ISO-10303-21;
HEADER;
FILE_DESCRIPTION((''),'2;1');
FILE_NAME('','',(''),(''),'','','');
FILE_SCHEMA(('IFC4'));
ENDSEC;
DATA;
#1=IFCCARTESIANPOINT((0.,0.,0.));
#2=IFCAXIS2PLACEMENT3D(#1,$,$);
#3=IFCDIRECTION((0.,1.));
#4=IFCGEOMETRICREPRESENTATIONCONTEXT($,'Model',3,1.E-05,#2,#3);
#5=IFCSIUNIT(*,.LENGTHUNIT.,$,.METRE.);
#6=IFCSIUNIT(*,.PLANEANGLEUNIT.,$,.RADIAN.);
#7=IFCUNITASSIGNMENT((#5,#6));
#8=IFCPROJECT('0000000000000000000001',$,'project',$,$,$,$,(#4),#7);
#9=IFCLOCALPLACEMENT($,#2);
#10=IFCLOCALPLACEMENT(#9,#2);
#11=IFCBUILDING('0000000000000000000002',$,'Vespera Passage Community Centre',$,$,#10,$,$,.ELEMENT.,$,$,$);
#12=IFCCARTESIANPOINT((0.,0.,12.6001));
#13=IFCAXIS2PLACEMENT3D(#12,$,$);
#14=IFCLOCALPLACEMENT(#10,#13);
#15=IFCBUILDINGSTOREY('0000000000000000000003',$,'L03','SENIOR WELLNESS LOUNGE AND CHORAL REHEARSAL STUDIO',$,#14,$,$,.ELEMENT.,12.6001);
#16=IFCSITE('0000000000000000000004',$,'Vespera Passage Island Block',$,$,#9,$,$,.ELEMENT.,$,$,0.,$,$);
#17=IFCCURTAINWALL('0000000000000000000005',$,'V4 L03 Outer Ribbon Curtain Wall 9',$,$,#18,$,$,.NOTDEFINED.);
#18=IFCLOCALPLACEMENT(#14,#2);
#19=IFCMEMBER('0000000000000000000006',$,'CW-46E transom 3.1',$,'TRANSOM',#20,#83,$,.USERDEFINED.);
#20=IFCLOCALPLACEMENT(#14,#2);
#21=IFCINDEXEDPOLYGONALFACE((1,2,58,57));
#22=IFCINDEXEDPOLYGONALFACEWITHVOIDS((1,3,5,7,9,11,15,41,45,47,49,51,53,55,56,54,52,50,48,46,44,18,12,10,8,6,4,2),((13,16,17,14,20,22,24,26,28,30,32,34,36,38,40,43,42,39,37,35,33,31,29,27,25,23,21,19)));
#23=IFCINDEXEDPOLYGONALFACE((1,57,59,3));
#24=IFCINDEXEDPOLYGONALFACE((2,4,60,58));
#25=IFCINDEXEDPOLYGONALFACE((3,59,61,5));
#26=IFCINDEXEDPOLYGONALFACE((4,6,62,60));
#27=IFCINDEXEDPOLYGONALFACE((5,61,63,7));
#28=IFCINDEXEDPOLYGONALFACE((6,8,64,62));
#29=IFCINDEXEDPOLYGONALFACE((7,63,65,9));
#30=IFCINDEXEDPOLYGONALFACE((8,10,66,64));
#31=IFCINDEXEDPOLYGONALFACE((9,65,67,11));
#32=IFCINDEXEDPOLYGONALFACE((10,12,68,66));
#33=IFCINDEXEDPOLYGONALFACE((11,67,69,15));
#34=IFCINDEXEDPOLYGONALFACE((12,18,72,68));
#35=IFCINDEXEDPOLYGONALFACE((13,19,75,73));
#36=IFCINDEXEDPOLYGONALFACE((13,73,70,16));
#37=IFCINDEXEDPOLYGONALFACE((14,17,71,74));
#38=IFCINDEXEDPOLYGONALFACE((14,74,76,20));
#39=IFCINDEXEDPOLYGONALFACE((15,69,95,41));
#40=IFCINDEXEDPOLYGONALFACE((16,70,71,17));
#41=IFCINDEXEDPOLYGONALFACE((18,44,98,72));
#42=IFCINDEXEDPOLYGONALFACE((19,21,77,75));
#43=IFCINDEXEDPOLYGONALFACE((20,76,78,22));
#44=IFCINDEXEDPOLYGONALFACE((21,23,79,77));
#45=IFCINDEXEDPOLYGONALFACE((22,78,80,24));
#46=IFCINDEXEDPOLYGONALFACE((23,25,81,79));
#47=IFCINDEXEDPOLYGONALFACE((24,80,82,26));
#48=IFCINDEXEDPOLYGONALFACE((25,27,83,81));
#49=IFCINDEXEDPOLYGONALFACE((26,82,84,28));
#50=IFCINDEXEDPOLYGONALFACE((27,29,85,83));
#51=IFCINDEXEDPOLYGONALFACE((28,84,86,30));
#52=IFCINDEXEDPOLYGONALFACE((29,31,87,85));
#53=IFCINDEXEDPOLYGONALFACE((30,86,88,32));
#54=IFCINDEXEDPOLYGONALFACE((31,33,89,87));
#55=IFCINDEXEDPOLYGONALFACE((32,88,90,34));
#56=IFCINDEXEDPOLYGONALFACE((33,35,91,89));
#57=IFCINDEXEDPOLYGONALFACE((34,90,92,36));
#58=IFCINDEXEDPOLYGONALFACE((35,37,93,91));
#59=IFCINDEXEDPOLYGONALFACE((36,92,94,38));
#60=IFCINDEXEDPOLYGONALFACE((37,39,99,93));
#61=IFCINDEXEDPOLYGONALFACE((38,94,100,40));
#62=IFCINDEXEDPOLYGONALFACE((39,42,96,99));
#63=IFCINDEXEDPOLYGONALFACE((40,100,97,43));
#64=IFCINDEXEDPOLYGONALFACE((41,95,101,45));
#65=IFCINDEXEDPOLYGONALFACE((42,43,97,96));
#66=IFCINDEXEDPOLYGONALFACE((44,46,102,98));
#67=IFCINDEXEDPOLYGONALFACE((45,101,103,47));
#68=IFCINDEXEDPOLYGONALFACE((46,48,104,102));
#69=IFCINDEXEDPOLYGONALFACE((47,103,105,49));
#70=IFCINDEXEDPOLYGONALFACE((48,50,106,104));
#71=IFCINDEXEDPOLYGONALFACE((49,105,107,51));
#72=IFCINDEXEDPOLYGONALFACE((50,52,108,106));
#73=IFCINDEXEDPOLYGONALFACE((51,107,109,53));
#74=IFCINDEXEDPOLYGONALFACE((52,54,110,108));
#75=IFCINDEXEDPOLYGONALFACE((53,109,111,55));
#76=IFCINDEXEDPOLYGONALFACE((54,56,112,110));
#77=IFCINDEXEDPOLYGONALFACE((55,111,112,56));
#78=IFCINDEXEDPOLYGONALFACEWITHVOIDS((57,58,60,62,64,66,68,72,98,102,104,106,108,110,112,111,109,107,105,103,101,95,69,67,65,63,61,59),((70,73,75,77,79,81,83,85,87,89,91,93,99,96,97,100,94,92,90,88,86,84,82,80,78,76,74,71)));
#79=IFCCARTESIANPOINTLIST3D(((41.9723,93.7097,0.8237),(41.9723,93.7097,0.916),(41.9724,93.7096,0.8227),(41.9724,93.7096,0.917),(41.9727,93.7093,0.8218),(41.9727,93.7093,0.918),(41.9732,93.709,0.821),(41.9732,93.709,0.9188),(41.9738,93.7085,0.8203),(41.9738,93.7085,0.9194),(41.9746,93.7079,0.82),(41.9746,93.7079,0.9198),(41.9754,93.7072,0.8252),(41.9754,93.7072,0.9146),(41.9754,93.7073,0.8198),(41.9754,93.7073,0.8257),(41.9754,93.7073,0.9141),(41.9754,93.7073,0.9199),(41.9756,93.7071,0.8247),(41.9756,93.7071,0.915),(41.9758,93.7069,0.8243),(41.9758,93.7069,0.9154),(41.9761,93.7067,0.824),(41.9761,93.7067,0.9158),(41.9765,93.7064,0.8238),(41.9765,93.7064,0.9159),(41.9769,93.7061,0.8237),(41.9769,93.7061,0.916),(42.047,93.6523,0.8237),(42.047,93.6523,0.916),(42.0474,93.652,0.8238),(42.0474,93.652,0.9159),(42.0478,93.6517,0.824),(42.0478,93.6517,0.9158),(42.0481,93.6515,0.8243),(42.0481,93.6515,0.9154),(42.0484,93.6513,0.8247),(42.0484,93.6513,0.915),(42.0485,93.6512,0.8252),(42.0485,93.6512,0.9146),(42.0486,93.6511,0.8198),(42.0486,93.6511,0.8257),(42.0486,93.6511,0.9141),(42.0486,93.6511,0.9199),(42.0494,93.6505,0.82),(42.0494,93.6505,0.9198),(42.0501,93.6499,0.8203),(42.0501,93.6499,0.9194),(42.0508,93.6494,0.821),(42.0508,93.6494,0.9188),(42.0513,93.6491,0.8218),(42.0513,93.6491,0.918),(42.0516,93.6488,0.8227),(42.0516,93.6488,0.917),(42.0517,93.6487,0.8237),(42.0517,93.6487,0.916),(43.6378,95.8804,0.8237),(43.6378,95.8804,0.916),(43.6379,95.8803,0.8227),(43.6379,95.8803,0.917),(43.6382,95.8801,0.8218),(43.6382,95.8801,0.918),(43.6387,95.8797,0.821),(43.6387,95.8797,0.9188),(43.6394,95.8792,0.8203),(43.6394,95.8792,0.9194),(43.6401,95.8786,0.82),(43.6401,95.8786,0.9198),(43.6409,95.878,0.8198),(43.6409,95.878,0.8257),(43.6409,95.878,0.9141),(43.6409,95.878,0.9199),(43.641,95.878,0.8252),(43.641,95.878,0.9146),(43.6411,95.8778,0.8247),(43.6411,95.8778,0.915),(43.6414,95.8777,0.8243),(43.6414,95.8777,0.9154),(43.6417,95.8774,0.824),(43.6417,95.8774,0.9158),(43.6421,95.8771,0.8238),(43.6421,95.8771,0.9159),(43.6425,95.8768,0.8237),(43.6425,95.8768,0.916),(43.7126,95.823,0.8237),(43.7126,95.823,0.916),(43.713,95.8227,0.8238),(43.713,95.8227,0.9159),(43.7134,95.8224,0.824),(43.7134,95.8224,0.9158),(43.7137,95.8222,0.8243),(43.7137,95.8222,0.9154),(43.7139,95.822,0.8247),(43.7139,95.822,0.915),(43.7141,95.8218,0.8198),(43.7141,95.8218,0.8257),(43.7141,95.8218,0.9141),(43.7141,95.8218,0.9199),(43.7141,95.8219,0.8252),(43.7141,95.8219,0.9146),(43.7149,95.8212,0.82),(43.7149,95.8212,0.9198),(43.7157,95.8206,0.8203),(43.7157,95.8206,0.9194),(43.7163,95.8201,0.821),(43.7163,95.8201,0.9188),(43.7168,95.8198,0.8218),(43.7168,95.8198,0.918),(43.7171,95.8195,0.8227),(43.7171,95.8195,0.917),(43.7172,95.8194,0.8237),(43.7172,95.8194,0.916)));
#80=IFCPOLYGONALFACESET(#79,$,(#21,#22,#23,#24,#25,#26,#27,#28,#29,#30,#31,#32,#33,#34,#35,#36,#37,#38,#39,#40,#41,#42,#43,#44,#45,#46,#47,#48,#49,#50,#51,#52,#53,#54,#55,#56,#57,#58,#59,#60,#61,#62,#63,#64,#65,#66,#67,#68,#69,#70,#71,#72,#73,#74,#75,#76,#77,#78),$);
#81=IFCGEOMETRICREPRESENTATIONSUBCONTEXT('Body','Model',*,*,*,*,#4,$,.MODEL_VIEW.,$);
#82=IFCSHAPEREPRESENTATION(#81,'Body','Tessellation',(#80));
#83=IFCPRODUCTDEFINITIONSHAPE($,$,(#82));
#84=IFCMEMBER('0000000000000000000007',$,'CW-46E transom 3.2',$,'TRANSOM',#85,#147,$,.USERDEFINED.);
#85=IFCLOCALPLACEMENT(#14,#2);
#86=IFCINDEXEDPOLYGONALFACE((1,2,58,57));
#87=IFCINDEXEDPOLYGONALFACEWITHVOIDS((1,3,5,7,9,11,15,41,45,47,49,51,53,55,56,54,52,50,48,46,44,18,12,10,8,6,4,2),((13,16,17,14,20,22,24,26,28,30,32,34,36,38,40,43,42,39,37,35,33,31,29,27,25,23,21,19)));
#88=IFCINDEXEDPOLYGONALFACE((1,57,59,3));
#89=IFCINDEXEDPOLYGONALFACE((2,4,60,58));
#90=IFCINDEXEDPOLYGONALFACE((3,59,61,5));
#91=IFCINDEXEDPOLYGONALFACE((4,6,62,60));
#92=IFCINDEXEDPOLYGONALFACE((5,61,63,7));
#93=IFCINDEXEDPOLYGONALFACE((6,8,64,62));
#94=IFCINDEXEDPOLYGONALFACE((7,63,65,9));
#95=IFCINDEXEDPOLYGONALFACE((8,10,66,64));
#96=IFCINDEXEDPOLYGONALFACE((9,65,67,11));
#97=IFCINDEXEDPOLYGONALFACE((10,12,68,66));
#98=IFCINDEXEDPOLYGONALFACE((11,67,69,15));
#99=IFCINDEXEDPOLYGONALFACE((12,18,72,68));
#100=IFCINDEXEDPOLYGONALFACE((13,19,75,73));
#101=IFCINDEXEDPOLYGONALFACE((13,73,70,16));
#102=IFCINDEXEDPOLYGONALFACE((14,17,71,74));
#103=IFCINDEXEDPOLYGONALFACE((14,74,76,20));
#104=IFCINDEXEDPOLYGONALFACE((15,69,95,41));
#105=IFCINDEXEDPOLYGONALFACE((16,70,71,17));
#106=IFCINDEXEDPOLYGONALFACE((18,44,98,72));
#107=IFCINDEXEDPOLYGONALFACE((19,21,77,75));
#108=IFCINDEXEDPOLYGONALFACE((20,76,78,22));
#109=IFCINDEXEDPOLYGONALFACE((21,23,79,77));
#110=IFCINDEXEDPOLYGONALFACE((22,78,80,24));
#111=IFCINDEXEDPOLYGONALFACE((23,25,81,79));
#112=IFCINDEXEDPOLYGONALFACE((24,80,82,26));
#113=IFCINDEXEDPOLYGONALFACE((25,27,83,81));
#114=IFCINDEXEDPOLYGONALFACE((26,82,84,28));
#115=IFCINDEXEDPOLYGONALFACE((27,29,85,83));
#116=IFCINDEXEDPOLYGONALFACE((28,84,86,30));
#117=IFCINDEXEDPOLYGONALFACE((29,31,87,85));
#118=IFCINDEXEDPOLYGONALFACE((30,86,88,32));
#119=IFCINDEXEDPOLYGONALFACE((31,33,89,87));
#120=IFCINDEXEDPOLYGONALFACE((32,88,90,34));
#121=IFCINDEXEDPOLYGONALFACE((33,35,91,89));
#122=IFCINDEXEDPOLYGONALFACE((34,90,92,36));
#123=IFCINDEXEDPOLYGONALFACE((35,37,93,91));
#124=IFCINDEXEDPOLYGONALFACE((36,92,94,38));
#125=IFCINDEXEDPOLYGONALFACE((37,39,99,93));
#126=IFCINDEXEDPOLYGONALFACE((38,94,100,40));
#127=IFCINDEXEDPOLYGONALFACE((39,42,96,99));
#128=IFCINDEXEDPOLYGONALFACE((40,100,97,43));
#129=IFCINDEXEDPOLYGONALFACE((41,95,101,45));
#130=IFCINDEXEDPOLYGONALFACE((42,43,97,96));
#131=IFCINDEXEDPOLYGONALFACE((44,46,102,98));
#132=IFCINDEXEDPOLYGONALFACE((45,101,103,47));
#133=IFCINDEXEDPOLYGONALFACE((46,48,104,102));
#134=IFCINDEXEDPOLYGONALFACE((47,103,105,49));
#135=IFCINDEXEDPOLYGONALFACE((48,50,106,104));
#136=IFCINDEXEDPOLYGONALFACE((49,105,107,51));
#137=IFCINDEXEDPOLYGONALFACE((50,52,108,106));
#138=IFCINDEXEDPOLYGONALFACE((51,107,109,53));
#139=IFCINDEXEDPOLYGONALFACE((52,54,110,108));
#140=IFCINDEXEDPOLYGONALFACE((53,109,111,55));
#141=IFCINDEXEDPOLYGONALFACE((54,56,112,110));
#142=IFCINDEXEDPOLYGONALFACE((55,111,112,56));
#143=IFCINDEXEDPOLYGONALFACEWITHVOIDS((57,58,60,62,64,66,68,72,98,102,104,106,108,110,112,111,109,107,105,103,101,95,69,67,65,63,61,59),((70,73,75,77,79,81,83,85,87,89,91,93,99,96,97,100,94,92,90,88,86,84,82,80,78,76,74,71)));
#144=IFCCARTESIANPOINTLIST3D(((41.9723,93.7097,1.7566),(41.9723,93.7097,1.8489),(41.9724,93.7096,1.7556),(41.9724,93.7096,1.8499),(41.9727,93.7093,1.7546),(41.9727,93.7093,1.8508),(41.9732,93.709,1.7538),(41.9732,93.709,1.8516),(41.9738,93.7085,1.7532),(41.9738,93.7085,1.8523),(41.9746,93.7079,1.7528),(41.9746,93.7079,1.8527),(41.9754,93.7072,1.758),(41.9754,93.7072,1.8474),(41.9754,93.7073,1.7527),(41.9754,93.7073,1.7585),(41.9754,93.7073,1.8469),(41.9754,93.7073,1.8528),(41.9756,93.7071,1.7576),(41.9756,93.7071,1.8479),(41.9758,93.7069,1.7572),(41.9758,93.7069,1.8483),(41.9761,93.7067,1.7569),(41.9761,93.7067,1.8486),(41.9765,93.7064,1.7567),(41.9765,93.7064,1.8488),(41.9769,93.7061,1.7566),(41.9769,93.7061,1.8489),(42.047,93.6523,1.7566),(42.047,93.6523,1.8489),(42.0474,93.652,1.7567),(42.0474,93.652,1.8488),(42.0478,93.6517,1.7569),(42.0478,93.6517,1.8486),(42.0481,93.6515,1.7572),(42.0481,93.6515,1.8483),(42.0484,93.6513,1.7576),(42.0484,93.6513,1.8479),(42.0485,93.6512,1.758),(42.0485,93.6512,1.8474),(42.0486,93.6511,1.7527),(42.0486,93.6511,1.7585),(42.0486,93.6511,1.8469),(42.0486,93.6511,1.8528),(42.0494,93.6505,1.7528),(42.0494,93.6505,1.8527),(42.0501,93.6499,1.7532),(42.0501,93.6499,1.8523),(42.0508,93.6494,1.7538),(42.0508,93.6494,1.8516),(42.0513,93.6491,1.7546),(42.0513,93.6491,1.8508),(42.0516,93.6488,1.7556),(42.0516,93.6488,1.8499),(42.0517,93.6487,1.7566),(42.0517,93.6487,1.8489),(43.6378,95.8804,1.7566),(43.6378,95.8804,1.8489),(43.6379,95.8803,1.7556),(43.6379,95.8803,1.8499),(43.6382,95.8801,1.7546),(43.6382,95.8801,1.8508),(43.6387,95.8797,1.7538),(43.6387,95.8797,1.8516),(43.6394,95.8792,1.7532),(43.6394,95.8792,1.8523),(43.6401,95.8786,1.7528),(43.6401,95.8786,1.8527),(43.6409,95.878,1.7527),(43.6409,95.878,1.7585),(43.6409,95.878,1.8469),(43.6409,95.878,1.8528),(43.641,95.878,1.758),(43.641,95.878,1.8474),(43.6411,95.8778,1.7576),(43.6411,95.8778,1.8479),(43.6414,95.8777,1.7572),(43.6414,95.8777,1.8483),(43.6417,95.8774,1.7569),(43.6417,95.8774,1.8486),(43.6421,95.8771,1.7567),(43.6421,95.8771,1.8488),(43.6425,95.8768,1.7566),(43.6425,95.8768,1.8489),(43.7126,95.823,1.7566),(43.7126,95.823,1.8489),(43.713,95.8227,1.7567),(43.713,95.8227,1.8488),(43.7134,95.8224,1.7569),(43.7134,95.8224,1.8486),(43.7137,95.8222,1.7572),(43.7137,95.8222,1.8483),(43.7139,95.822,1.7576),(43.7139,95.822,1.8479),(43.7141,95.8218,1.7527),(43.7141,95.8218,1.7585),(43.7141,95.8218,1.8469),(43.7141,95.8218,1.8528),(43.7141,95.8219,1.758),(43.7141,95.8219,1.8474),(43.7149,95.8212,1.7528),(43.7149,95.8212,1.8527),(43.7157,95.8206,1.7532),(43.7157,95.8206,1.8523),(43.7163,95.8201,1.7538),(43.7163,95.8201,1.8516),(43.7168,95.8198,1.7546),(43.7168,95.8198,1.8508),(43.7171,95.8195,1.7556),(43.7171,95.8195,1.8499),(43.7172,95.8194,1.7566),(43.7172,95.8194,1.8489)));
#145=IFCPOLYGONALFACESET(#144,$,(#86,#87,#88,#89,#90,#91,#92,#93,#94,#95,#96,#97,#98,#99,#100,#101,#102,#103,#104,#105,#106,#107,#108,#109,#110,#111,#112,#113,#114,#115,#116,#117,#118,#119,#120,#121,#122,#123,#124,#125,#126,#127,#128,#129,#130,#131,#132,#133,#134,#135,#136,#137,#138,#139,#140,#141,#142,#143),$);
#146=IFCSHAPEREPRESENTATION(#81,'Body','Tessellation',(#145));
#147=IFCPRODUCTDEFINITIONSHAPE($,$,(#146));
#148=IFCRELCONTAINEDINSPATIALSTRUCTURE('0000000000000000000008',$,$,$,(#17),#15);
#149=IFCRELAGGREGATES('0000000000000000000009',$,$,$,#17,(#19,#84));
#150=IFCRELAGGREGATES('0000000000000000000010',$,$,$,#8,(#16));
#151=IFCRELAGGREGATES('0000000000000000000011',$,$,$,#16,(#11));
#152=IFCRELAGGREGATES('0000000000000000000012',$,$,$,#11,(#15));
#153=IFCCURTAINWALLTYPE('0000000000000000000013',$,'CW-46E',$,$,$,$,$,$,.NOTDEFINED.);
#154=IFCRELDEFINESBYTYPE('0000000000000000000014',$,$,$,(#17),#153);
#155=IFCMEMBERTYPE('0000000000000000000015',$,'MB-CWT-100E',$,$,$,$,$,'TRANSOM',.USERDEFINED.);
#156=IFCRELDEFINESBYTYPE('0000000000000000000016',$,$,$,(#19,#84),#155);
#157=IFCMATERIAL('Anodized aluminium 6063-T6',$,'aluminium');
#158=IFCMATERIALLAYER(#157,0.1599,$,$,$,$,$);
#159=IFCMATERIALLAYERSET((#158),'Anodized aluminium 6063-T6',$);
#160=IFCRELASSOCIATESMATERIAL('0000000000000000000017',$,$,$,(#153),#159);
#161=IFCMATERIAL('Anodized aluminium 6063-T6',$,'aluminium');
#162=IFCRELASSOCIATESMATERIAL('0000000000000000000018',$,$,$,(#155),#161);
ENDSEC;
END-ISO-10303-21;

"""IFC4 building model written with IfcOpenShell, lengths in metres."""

from ifc_helpers import new_model, si_unit, direction, frame, origin, origin_2d, place, context, subcontext, project, spatial, hollow_rectangle, extrude, material, layer, layer_set, material_profile, profile_set, type_object, element, aggregate, save


model = new_model("IFC4")

# Units and contexts
model_context = context("Model", 3, precision=1e-05, world=origin(), true_north=direction((0.0, 1.0)))
body_context = subcontext(model_context, "Body", "Model", "MODEL_VIEW")
ifc_project = project(units=[si_unit("LENGTHUNIT", "METRE"), si_unit("PLANEANGLEUNIT", "RADIAN")], contexts=[model_context])

# Site, building, storey
site_placement = place(None, origin())
site = spatial("IfcSite", under=ifc_project, at=site_placement, Name="Vespera Passage Island Block", CompositionType="ELEMENT", RefElevation=0.0)
building_placement = place(site_placement, origin())
building = spatial("IfcBuilding", under=site, at=building_placement, Name="Vespera Passage Community Centre", CompositionType="ELEMENT")
storey_placement = place(building_placement, frame((0.0, 0.0, 12.6001)))
storey = spatial("IfcBuildingStorey", under=building, at=storey_placement, Name="L03", Description="SENIOR WELLNESS LOUNGE AND CHORAL REHEARSAL STUDIO", CompositionType="ELEMENT", Elevation=12.6001)

# Curtain wall, members
ifc_material_1 = material(Name="Anodized aluminium 6063-T6", Category="aluminium")
ifc_layer_1 = layer(ifc_material_1, 0.1599)
ifc_layer_set_1 = layer_set([ifc_layer_1], Name="Anodized aluminium 6063-T6")
curtain_wall_type = type_object("IfcCurtainWallType", Name="CW-46E", PredefinedType="NOTDEFINED", material=ifc_layer_set_1)
curtain_wall_placement = place(storey_placement, origin())
curtain_wall = element("IfcCurtainWall", 1, at=curtain_wall_placement, inside=storey, type_object=curtain_wall_type, Name="V4 L03 Outer Ribbon Curtain Wall 9", PredefinedType="NOTDEFINED")
ifc_material_2 = material(Name="Anodized aluminium 6063-T6", Category="aluminium")
ifc_material_profile_1 = material_profile(ifc_material_2, hollow_rectangle(XDim=0.1001, YDim=0.1001, WallThickness=0.0039, InnerFilletRadius=0.002, OuterFilletRadius=0.0039, at=origin_2d()), Name="ALU100X100X4")
ifc_profile_set_1 = profile_set([ifc_material_profile_1], Name="Anodized aluminium 6063-T6")
member_type_1 = type_object("IfcMemberType", Name="MB-CWT-100E", ElementType="TRANSOM", PredefinedType="USERDEFINED", material=ifc_profile_set_1)
member_1_placement = place(storey_placement, frame((42.012, 93.6792, 0.8699), z_axis=(0.608744, 0.793366, 0.0), x_axis=(-0.793366, 0.608744, 0.0)))
member_1 = element("IfcMember", 2, at=member_1_placement, type_object=member_type_1, Name="CW-46E transom 3.1", ObjectType="TRANSOM", PredefinedType="USERDEFINED", context=body_context, shape_type="SweptSolid", body=[
    extrude(hollow_rectangle(XDim=0.1001, YDim=0.1001, WallThickness=0.0039, InnerFilletRadius=0.002, OuterFilletRadius=0.0039, at=origin_2d()), origin(), (0.0, 0.0, 1.0), 2.7361),
])
member_2_placement = place(storey_placement, frame((42.012, 93.6792, 1.8027), z_axis=(0.608744, 0.793366, 0.0), x_axis=(-0.793366, 0.608744, 0.0)))
member_2 = element("IfcMember", 3, at=member_2_placement, type_object=member_type_1, Name="CW-46E transom 3.2", ObjectType="TRANSOM", PredefinedType="USERDEFINED", context=body_context, shape_type="SweptSolid", body=[
    extrude(hollow_rectangle(XDim=0.1001, YDim=0.1001, WallThickness=0.0039, InnerFilletRadius=0.002, OuterFilletRadius=0.0039, at=origin_2d()), origin(), (0.0, 0.0, 1.0), 2.7361),
])
aggregate(curtain_wall, [member_1, member_2])

save(model, "model.ifc")
